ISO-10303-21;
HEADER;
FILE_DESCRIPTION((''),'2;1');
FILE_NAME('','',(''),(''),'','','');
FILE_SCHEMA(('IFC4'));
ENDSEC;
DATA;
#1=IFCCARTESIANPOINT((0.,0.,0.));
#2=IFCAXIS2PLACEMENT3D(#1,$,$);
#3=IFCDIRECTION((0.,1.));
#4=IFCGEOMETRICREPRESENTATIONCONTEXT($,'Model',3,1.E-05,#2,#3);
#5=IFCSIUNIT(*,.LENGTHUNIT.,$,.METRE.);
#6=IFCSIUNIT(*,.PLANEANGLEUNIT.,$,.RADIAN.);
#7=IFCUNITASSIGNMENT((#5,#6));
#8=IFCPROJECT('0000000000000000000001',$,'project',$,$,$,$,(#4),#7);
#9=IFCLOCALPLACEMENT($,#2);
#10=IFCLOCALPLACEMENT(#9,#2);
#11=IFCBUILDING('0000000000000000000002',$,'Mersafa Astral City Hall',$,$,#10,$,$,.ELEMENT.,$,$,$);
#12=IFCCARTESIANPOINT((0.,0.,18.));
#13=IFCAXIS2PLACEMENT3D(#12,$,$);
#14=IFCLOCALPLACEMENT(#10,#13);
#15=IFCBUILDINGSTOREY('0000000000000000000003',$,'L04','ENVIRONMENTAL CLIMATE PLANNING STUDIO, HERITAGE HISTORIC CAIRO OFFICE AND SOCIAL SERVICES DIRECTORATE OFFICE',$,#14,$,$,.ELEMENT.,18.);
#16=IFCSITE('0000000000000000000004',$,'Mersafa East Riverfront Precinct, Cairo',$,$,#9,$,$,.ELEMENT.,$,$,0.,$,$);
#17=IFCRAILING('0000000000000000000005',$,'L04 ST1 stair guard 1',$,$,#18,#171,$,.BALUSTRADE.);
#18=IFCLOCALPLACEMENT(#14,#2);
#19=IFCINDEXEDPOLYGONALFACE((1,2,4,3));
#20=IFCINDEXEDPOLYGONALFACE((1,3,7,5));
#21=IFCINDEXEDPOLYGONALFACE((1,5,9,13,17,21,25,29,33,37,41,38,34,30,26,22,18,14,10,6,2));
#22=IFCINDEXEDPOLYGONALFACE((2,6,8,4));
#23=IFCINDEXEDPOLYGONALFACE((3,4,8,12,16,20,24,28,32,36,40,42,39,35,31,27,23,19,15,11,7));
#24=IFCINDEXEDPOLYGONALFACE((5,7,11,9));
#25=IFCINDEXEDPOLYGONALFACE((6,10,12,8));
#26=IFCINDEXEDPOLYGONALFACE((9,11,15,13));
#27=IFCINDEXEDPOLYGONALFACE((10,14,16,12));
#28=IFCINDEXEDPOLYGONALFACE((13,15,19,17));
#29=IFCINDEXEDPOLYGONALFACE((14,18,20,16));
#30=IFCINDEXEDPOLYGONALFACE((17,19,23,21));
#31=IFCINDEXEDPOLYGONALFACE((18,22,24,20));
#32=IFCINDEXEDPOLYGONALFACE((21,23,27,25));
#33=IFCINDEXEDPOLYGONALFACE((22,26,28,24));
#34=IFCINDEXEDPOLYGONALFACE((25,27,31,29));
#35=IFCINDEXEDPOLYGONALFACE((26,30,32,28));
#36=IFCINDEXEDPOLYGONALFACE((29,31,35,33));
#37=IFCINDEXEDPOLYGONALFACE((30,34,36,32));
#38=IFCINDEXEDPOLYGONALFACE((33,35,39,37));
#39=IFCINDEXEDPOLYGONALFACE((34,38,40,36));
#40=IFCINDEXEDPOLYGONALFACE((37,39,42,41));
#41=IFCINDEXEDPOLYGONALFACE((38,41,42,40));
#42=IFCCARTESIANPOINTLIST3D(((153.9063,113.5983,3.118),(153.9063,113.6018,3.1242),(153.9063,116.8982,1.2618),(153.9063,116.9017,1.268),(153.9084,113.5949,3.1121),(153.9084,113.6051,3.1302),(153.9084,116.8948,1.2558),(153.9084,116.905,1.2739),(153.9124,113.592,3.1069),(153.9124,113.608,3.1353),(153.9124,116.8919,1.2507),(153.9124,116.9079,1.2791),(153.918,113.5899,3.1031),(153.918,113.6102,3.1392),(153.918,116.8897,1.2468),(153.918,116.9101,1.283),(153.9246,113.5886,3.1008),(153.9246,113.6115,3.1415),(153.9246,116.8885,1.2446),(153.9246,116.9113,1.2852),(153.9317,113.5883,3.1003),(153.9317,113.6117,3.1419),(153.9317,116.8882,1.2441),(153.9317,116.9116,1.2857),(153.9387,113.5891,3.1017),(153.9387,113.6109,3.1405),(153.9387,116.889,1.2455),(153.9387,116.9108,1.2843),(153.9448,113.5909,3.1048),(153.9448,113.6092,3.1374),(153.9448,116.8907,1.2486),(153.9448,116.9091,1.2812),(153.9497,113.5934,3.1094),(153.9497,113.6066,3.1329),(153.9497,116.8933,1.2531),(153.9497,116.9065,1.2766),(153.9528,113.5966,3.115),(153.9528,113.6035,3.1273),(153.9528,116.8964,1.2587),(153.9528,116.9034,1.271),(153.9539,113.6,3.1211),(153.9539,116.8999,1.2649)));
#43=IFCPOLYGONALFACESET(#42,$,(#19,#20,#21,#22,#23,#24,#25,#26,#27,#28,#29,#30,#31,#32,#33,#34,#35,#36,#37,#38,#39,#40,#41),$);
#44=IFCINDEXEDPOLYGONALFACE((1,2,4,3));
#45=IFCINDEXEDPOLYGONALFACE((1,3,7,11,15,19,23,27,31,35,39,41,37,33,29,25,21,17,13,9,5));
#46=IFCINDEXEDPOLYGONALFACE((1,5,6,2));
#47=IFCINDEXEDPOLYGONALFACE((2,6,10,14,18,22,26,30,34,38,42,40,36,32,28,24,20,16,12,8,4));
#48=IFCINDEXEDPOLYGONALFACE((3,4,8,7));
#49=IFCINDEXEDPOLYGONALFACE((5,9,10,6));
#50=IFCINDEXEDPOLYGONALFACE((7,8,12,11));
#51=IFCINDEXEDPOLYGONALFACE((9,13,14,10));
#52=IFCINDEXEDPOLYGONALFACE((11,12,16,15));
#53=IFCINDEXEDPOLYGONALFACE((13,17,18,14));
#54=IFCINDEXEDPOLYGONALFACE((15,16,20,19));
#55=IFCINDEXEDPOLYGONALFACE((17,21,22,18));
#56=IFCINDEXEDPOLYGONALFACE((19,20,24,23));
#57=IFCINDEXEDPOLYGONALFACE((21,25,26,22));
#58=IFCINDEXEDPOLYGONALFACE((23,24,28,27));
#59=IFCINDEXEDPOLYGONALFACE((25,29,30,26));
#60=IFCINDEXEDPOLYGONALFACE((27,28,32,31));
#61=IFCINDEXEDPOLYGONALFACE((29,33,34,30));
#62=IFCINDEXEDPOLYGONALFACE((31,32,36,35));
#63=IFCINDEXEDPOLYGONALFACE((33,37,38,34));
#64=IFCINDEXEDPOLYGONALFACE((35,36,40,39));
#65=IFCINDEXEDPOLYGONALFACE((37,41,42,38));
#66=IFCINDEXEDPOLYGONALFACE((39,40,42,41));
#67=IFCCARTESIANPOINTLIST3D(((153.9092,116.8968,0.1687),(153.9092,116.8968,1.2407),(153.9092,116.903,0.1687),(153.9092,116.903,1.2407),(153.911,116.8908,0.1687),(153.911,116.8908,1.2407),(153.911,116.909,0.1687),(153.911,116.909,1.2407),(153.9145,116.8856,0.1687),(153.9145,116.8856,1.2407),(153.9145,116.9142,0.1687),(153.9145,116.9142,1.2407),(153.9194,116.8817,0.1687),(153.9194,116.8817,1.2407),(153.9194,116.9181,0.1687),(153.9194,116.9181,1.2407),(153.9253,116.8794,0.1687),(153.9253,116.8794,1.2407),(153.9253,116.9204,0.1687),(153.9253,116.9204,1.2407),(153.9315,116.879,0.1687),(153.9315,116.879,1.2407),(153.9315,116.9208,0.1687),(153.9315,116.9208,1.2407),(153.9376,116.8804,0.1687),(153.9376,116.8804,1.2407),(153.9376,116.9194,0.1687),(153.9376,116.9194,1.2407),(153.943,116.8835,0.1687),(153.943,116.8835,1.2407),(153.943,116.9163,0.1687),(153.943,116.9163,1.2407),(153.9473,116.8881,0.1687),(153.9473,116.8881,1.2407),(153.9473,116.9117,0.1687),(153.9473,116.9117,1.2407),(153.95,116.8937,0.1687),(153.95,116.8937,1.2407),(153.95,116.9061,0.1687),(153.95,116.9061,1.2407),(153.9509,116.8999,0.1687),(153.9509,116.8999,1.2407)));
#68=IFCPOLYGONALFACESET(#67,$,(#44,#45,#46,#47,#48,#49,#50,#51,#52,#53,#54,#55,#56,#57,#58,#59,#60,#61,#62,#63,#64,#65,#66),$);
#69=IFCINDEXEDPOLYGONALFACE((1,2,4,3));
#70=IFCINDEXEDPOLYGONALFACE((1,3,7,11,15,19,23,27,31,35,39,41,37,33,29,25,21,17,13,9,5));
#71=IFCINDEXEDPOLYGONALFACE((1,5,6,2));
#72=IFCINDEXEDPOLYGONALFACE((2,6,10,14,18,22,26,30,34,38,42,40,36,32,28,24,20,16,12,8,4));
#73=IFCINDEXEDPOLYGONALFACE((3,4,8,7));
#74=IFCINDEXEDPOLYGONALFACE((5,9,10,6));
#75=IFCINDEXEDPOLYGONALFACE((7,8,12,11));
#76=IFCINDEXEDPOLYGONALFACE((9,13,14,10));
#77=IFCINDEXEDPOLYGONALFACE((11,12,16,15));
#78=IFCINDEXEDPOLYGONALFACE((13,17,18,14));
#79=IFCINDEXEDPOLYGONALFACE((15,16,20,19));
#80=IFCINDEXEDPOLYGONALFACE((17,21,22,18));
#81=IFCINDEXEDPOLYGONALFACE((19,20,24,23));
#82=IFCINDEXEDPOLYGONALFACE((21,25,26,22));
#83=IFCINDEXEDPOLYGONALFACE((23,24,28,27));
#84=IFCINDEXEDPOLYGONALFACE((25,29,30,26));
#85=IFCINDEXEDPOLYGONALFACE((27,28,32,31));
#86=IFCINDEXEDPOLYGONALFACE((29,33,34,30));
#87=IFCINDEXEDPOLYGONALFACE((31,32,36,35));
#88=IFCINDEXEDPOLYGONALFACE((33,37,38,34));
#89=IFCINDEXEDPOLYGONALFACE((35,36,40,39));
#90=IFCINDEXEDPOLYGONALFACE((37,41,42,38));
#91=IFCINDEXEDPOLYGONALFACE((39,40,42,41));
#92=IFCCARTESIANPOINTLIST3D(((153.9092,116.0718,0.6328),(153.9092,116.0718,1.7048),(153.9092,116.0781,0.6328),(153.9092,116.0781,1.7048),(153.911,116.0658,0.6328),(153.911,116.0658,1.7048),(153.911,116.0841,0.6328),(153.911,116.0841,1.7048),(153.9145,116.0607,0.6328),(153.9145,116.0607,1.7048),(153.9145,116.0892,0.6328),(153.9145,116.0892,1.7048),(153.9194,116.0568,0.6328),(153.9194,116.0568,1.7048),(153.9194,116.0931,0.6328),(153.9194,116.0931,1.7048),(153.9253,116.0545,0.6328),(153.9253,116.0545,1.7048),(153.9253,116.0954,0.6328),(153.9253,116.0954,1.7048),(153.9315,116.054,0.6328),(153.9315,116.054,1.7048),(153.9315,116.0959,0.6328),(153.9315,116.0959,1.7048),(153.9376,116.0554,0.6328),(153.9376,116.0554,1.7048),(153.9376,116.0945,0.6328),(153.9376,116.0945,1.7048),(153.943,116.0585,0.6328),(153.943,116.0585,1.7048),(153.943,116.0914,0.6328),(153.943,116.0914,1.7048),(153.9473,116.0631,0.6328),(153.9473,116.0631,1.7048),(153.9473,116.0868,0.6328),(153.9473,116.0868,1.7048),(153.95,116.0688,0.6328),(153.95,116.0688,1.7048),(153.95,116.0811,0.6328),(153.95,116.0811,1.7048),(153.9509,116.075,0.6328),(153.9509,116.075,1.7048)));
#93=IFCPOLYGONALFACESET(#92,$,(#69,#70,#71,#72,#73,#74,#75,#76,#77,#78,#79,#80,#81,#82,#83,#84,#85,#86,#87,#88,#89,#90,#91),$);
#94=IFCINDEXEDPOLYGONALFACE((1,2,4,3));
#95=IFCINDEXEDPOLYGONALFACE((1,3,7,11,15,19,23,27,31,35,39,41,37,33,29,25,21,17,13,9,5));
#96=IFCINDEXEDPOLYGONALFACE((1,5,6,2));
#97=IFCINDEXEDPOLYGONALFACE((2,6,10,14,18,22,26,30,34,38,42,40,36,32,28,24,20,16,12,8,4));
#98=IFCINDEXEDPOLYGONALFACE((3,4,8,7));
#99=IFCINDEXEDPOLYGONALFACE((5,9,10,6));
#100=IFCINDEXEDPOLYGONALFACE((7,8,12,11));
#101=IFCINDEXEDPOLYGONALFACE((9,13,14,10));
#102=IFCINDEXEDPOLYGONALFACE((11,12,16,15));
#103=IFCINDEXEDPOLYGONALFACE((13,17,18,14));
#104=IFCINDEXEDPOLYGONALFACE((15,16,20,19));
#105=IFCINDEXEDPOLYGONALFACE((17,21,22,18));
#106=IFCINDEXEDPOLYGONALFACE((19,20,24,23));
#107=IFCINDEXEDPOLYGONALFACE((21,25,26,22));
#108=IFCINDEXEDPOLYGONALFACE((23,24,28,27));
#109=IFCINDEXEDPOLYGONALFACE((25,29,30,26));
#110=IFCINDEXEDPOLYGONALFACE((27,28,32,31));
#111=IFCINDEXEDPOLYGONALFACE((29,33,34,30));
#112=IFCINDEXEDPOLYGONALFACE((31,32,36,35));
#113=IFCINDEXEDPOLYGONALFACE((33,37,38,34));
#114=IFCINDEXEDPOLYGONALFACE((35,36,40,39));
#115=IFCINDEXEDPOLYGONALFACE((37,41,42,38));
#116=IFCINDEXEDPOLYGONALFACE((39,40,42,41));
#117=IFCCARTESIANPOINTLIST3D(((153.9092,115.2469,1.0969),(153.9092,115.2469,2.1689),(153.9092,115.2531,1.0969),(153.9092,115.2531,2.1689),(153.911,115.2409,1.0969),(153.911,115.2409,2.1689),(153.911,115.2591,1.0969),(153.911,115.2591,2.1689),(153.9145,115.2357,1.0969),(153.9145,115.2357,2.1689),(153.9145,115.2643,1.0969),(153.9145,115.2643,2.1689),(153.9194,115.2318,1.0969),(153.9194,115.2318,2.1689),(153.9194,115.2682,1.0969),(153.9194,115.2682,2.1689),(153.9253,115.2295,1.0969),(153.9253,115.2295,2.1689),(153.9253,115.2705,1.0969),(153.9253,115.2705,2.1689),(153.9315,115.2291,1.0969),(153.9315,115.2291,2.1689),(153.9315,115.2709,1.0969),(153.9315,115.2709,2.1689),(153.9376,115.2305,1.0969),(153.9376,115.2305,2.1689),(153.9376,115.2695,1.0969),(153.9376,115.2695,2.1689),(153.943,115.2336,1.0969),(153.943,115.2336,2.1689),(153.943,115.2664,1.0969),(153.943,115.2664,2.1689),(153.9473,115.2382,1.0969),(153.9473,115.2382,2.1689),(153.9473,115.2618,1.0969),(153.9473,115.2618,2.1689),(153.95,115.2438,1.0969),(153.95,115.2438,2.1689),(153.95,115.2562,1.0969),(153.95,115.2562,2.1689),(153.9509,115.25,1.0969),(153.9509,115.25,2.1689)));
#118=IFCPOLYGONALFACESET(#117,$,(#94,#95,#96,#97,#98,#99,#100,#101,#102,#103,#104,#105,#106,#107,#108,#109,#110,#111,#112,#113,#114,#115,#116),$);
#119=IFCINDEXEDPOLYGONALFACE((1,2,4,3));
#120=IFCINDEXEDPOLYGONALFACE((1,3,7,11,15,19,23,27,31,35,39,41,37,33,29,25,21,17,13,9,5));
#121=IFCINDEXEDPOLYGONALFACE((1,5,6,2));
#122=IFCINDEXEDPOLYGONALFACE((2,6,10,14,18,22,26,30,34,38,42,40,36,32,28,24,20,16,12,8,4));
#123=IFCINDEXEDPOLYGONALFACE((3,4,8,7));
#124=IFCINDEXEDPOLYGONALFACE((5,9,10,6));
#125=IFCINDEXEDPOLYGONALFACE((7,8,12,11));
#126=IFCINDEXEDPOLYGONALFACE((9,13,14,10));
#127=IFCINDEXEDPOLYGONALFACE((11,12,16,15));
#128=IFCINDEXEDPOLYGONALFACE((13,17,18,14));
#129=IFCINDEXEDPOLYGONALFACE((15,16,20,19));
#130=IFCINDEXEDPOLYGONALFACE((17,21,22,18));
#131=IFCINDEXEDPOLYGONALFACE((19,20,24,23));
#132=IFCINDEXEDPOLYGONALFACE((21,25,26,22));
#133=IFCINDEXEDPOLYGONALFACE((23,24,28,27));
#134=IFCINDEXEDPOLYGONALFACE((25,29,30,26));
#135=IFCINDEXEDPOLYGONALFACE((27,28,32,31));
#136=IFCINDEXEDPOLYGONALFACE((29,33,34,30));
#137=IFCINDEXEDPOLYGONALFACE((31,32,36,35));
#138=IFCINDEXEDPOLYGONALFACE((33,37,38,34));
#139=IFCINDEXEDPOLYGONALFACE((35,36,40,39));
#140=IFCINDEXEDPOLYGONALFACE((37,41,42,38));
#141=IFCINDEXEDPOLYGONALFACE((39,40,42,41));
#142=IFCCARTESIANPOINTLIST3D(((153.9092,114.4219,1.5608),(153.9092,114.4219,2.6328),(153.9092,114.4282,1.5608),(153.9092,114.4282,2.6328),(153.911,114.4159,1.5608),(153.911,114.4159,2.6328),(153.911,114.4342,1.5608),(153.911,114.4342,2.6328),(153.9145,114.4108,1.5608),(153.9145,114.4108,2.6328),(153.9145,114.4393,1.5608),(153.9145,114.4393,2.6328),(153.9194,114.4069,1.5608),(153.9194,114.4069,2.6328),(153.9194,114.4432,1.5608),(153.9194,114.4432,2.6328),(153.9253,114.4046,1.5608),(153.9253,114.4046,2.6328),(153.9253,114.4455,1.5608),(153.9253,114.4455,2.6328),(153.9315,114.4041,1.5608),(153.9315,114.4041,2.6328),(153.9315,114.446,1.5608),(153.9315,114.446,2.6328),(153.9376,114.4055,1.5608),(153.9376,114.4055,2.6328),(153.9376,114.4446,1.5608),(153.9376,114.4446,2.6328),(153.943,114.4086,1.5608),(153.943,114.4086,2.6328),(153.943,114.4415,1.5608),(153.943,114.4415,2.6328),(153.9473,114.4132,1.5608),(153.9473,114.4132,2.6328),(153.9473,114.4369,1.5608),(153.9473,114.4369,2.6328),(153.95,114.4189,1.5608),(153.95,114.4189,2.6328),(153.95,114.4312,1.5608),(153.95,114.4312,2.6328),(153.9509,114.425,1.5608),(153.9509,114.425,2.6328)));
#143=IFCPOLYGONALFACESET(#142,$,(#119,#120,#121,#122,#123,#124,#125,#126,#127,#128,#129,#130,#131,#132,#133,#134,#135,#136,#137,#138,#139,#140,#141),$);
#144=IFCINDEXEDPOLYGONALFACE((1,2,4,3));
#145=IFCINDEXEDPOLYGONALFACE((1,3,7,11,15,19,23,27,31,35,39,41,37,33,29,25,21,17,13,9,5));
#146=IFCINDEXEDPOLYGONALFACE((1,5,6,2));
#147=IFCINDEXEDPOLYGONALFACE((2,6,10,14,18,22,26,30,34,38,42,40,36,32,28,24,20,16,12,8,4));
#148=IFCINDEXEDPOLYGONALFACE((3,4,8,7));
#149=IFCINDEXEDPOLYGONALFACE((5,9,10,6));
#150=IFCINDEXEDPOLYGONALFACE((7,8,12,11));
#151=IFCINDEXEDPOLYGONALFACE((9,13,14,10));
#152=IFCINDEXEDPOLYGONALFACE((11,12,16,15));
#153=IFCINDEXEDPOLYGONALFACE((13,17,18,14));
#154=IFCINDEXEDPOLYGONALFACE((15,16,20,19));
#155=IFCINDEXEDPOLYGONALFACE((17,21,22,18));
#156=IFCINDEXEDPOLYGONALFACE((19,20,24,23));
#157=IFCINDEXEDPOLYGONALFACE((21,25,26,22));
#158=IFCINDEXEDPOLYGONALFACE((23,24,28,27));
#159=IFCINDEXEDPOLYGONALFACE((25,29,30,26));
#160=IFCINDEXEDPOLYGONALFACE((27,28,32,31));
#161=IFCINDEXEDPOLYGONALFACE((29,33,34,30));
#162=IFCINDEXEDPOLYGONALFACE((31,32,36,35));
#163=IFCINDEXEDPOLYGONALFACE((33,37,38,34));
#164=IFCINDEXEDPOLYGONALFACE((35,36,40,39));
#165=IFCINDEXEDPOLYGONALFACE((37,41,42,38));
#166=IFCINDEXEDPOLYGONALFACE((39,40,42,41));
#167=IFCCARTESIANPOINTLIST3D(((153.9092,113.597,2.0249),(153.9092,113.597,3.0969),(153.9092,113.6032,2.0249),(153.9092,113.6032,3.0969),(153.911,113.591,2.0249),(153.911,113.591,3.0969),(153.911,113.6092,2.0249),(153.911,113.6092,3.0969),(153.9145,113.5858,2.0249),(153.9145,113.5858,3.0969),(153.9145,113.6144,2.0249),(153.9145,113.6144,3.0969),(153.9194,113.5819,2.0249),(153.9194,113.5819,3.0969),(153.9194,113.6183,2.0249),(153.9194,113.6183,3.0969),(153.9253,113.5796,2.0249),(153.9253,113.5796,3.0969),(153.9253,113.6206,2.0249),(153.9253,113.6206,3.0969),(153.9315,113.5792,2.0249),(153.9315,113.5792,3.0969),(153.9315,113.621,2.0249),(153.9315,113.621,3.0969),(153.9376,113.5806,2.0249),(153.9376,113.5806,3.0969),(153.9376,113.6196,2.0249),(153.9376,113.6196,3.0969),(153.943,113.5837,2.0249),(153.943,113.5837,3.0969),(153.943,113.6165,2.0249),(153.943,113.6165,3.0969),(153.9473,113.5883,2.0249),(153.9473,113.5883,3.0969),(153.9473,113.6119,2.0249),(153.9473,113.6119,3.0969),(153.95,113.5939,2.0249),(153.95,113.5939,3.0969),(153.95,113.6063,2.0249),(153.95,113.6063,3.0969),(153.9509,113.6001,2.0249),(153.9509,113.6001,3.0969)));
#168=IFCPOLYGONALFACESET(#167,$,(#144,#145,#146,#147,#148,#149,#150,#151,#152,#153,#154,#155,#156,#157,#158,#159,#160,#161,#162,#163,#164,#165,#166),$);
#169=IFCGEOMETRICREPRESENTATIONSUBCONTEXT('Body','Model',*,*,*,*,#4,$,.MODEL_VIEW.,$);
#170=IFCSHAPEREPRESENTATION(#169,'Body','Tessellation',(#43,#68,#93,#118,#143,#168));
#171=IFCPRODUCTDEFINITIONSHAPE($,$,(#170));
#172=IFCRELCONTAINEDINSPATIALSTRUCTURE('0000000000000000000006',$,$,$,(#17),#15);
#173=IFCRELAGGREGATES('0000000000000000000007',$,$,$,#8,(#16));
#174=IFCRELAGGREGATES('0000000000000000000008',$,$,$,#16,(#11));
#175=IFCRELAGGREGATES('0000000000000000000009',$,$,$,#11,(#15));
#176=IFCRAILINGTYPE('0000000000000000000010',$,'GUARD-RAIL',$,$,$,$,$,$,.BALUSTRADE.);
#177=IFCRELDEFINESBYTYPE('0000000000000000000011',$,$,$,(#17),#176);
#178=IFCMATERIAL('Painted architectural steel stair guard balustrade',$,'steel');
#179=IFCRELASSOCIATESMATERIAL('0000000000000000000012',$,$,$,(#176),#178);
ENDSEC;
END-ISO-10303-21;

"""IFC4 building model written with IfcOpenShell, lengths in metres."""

from ifc_helpers import new_model, si_unit, direction, frame, origin, origin_2d, place, context, subcontext, project, spatial, circle, extrude, material, type_object, element, save


model = new_model("IFC4")

# Units and contexts
model_context = context("Model", 3, precision=1e-05, world=origin(), true_north=direction((0.0, 1.0)))
body_context = subcontext(model_context, "Body", "Model", "MODEL_VIEW")
ifc_project = project(units=[si_unit("LENGTHUNIT", "METRE"), si_unit("PLANEANGLEUNIT", "RADIAN")], contexts=[model_context])

# Site, building, storey
site_placement = place(None, origin())
site = spatial("IfcSite", under=ifc_project, at=site_placement, Name="Mersafa East Riverfront Precinct, Cairo", CompositionType="ELEMENT", RefElevation=0.0)
building_placement = place(site_placement, origin())
building = spatial("IfcBuilding", under=site, at=building_placement, Name="Mersafa Astral City Hall", CompositionType="ELEMENT")
storey_placement = place(building_placement, frame((0.0, 0.0, 18.0)))
storey = spatial("IfcBuildingStorey", under=building, at=storey_placement, Name="L04", Description="ENVIRONMENTAL CLIMATE PLANNING STUDIO, HERITAGE HISTORIC CAIRO OFFICE AND SOCIAL SERVICES DIRECTORATE OFFICE", CompositionType="ELEMENT", Elevation=18.0)

# Railing
ifc_material_1 = material(Name="Painted architectural steel stair guard balustrade", Category="steel")
railing_type = type_object("IfcRailingType", Name="GUARD-RAIL", PredefinedType="BALUSTRADE", material=ifc_material_1)
railing_1_placement = place(storey_placement, frame((153.9299, 116.8999, 0.1687)))
element("IfcRailing", 1, at=railing_1_placement, inside=storey, type_object=railing_type, Name="L04 ST1 stair guard 1", PredefinedType="BALUSTRADE", context=body_context, shape_type="SweptSolid", body=[
    extrude(circle(Radius=0.0239, at=origin_2d()), frame((0.0, 0.0, 1.0962), z_axis=(0.0, -0.871569, 0.490273), x_axis=(1.0, 0.0, 0.0)), (0.0, 0.0, 1.0), 3.7861),
    extrude(circle(Radius=0.021, at=origin_2d()), origin(), (0.0, 0.0, 1.0), 1.072),
    extrude(circle(Radius=0.021, at=origin_2d()), frame((0.0, -0.825, 0.4641)), (0.0, 0.0, 1.0), 1.072),
    extrude(circle(Radius=0.021, at=origin_2d()), frame((0.0, -1.6499, 0.9282)), (0.0, 0.0, 1.0), 1.072),
    extrude(circle(Radius=0.021, at=origin_2d()), frame((0.0, -2.4749, 1.3921)), (0.0, 0.0, 1.0), 1.072),
    extrude(circle(Radius=0.021, at=origin_2d()), frame((0.0, -3.2998, 1.8562)), (0.0, 0.0, 1.0), 1.072),
])

save(model, "model.ifc")
